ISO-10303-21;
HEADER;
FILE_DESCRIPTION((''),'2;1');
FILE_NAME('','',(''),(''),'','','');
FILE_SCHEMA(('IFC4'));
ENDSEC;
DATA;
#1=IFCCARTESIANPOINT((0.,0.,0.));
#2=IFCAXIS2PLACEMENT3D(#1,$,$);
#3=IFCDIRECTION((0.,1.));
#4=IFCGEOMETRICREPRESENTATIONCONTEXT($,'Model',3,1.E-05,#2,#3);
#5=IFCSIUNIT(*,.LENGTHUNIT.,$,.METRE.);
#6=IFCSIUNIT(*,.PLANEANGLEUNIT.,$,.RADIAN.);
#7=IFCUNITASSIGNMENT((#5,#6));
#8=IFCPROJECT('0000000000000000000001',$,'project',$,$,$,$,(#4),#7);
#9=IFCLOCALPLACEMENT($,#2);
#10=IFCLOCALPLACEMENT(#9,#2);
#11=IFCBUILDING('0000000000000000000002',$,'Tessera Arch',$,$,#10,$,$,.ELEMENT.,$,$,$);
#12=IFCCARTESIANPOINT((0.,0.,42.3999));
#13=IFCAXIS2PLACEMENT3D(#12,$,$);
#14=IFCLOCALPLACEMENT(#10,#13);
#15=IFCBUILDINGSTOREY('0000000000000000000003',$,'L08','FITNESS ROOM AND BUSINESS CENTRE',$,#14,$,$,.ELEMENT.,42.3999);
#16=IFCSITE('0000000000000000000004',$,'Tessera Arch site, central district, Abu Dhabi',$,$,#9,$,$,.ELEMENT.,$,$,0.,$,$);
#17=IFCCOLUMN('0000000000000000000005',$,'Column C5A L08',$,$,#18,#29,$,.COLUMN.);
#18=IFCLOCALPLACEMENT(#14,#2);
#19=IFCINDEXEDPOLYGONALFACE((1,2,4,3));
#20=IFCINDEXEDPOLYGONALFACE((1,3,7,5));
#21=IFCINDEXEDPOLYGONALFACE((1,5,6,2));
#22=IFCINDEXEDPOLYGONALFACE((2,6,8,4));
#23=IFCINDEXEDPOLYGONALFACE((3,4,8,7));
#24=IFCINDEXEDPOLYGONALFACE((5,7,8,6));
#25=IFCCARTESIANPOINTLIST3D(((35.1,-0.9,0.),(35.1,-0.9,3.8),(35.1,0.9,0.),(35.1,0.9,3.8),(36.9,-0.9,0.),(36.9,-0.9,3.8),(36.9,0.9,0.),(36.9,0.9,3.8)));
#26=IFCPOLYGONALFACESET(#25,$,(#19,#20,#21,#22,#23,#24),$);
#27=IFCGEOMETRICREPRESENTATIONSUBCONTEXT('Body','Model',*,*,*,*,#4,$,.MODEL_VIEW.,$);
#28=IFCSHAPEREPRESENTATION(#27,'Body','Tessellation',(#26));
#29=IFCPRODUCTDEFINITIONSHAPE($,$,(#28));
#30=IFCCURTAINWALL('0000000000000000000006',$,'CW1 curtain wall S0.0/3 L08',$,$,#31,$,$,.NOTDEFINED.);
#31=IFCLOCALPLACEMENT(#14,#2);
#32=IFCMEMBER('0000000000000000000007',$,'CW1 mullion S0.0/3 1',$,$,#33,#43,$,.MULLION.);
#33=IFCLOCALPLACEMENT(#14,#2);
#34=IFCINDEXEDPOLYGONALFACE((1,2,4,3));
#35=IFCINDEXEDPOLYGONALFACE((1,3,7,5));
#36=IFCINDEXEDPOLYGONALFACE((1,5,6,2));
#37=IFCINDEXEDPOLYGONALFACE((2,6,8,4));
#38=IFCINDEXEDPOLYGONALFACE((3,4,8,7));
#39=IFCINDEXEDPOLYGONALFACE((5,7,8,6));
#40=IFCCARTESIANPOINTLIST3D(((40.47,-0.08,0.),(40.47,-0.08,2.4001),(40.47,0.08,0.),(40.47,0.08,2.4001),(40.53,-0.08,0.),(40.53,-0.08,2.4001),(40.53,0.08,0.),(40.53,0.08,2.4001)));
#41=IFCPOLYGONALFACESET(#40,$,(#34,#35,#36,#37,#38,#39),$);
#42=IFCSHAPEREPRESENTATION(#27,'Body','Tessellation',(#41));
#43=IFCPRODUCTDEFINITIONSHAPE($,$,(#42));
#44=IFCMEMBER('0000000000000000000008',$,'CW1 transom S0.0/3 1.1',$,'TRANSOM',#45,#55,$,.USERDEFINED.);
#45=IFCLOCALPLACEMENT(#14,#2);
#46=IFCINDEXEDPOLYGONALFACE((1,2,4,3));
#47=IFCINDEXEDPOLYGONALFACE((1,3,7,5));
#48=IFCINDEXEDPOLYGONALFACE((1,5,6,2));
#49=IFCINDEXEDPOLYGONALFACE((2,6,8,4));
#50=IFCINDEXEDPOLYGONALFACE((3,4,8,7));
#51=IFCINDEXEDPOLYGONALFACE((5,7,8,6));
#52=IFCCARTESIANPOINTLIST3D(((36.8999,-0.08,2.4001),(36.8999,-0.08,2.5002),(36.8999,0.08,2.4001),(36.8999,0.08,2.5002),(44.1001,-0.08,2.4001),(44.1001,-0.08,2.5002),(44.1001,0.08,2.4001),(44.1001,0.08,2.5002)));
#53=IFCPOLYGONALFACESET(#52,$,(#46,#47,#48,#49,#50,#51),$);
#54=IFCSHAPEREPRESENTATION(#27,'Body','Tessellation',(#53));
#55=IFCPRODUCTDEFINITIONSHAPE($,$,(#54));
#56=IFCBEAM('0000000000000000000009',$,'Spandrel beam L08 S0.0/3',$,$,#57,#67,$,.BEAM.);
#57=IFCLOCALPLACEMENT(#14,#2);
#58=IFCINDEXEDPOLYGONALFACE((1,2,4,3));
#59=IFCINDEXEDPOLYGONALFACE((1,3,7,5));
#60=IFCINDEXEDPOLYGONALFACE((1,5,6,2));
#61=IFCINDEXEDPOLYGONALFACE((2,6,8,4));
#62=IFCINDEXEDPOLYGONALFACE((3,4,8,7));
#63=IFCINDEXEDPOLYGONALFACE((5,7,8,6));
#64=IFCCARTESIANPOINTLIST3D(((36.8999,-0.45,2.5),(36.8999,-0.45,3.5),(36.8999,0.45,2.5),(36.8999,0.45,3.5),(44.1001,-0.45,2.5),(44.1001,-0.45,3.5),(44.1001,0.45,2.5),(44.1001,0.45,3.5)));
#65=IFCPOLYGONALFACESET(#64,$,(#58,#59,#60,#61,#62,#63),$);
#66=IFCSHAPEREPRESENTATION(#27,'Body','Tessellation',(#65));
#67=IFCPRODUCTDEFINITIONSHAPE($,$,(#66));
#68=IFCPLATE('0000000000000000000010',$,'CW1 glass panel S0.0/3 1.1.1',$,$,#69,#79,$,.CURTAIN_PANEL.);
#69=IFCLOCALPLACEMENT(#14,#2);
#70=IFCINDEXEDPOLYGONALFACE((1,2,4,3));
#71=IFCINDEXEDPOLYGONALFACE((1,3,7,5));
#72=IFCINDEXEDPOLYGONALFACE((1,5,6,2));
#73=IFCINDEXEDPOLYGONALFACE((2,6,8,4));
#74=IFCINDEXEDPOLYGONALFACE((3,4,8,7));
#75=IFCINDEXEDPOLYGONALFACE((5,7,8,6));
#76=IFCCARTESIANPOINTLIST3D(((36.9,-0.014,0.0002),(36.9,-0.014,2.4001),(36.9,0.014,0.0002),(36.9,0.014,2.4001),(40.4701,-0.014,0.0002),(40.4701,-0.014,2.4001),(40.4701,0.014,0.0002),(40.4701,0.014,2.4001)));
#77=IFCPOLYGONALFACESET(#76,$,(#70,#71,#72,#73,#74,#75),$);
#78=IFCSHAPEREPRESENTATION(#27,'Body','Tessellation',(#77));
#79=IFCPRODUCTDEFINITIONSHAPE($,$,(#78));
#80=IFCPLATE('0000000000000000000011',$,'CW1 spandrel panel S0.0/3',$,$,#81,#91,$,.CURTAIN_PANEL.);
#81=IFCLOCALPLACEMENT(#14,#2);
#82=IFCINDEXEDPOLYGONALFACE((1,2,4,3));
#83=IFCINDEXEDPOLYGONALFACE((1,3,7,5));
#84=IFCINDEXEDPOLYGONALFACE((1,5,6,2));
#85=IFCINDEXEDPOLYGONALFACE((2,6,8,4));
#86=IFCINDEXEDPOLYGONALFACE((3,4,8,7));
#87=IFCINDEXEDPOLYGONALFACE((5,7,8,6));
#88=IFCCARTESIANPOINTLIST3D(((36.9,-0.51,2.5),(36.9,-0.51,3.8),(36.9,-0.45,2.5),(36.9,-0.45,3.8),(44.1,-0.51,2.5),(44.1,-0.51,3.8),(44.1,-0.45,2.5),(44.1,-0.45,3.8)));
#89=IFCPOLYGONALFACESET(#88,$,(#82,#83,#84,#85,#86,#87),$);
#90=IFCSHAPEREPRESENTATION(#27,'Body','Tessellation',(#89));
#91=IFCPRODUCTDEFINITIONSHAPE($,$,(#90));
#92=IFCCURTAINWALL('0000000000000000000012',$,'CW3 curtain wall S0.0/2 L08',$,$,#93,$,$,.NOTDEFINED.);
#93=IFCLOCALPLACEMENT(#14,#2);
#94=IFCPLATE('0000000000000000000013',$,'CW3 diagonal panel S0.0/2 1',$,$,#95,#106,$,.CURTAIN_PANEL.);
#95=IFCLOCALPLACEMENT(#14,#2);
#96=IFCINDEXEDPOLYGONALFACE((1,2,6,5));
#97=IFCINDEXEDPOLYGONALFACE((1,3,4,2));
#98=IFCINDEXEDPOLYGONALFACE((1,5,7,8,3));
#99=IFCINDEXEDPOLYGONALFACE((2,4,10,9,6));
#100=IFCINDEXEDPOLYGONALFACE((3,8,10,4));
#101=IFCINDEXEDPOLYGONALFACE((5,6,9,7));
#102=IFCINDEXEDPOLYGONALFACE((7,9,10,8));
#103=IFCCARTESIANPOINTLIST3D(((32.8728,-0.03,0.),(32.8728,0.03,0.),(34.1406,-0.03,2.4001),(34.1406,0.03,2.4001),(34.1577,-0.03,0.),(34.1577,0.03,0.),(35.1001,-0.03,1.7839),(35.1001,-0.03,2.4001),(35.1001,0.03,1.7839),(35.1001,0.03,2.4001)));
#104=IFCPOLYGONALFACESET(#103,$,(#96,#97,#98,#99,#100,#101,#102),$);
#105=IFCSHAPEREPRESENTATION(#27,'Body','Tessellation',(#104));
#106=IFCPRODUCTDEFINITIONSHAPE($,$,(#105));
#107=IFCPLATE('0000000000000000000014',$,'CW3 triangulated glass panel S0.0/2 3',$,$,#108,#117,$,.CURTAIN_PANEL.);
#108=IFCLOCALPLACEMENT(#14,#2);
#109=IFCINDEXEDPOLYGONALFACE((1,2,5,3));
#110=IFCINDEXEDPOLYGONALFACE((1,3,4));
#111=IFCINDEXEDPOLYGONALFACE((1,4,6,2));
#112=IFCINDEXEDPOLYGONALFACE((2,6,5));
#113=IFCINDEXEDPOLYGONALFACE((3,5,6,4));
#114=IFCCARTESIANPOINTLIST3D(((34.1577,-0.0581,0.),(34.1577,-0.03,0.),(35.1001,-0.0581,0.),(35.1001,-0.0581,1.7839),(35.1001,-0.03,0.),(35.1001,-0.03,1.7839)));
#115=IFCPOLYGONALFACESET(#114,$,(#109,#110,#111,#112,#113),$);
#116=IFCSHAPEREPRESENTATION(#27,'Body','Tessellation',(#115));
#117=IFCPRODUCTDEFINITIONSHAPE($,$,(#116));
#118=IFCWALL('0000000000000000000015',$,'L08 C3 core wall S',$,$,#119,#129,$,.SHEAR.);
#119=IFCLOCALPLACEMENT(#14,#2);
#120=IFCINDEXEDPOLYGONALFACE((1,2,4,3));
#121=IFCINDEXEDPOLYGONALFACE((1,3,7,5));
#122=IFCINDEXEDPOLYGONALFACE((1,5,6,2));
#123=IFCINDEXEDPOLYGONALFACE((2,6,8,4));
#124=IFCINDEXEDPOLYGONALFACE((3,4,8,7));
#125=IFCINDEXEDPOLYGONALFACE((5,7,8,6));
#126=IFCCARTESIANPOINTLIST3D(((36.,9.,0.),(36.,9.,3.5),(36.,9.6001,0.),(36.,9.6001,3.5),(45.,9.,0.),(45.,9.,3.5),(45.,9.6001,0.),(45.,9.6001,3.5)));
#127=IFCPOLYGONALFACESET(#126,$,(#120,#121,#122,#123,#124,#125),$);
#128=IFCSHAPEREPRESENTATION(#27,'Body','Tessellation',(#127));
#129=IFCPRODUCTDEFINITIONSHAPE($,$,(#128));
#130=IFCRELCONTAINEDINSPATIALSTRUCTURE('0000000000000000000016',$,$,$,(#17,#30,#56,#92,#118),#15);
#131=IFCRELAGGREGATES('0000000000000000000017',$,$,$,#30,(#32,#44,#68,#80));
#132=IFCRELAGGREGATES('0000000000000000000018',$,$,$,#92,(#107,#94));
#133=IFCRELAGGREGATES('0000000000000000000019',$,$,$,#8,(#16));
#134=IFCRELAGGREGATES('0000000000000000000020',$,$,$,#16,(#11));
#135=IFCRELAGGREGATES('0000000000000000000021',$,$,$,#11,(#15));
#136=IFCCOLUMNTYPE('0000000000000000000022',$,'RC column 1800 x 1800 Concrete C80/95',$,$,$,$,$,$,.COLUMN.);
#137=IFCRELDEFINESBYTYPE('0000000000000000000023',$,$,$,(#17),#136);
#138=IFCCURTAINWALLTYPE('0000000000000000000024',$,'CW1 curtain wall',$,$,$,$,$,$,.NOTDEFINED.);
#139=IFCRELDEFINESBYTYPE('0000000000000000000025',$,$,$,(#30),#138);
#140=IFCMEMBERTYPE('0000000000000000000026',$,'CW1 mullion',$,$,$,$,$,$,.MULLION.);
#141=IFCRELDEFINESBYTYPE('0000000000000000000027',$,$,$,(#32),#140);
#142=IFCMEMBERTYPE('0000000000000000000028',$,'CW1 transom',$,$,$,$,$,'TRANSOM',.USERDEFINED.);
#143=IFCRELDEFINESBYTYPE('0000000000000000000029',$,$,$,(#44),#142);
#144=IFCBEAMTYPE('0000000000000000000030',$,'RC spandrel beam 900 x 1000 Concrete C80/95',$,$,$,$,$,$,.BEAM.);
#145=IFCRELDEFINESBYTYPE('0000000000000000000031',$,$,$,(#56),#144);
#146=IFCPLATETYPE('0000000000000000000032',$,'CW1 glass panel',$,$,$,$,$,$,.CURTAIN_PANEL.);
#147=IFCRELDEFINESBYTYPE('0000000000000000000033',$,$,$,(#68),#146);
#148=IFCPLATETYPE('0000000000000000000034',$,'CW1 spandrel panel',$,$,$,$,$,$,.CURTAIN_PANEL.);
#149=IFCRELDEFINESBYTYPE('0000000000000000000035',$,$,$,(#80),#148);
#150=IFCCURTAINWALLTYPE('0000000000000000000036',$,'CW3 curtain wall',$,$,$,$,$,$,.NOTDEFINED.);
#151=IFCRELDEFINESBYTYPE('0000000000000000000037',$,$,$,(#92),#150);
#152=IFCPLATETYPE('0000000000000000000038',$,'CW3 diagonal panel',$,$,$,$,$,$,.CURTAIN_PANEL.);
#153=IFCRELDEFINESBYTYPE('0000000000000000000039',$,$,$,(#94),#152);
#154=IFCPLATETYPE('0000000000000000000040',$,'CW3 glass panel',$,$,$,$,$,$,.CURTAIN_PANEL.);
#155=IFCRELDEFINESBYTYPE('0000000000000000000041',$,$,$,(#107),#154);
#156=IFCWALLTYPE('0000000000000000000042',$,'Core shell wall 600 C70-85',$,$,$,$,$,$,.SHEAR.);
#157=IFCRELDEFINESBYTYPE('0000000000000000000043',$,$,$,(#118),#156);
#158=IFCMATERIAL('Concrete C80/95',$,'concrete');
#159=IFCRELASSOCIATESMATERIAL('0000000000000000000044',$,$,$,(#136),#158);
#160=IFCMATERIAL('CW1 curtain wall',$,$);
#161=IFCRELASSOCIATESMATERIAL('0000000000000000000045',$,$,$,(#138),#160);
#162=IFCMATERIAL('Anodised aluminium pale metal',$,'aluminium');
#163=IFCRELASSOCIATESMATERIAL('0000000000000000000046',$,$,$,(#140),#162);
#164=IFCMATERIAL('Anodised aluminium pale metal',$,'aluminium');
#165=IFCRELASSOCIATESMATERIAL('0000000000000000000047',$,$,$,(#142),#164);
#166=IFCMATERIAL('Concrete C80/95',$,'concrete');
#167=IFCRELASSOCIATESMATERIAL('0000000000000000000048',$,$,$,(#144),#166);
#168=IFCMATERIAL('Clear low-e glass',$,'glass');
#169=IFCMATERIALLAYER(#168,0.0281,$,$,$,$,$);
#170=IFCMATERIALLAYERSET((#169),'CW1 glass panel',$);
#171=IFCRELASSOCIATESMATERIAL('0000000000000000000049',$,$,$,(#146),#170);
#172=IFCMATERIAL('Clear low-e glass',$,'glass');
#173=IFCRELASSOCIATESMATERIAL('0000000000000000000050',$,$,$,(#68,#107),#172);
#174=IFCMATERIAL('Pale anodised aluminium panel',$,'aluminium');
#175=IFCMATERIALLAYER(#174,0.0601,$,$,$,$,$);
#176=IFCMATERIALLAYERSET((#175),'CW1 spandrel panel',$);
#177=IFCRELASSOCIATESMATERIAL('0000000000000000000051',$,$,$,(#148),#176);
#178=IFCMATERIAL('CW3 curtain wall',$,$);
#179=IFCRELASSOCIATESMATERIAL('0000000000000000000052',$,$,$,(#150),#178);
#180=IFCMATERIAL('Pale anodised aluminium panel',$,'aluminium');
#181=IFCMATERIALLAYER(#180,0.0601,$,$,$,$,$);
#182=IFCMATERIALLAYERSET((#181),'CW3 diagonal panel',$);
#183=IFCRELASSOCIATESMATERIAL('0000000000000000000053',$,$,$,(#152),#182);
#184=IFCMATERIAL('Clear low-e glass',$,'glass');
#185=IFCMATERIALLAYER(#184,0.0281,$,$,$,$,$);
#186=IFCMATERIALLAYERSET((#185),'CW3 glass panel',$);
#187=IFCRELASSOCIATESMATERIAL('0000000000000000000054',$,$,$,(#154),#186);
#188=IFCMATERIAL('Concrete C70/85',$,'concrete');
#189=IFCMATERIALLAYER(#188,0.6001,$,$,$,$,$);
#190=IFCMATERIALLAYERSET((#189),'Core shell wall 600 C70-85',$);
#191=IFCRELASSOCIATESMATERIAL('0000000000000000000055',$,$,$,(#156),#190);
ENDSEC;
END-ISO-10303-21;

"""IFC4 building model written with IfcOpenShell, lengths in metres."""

from ifc_helpers import new_model, si_unit, direction, frame, frame_2d, origin, origin_2d, place, context, subcontext, project, spatial, polyline, rectangle, outline, extrude, material, layer, layer_set, material_profile, profile_set, type_object, element, aggregate, save


model = new_model("IFC4")

# Units and contexts
model_context = context("Model", 3, precision=1e-05, world=origin(), true_north=direction((0.0, 1.0)))
body_context = subcontext(model_context, "Body", "Model", "MODEL_VIEW")
ifc_project = project(units=[si_unit("LENGTHUNIT", "METRE"), si_unit("PLANEANGLEUNIT", "RADIAN")], contexts=[model_context])

# Site, building, storey
site_placement = place(None, origin())
site = spatial("IfcSite", under=ifc_project, at=site_placement, Name="Tessera Arch site, central district, Abu Dhabi", CompositionType="ELEMENT", RefElevation=0.0)
building_placement = place(site_placement, origin())
building = spatial("IfcBuilding", under=site, at=building_placement, Name="Tessera Arch", CompositionType="ELEMENT")
storey_placement = place(building_placement, frame((0.0, 0.0, 42.3999)))
storey = spatial("IfcBuildingStorey", under=building, at=storey_placement, Name="L08", Description="FITNESS ROOM AND BUSINESS CENTRE", CompositionType="ELEMENT", Elevation=42.3999)

# Column
ifc_material_1 = material(Name="Concrete C80/95", Category="concrete")
ifc_material_profile_1 = material_profile(ifc_material_1, rectangle(XDim=1.8, YDim=1.8, at=origin_2d()), Name="RC column 1800 x 1800 Concrete C80/95")
ifc_profile_set_1 = profile_set([ifc_material_profile_1], Name="Concrete C80/95")
column_type = type_object("IfcColumnType", Name="RC column 1800 x 1800 Concrete C80/95", PredefinedType="COLUMN", material=ifc_profile_set_1)
column_placement = place(storey_placement, frame((36.0, 0.0, 0.0), z_axis=(0.0, 0.0, 1.0), x_axis=(1.0, 0.0, 0.0)))
element("IfcColumn", 1, at=column_placement, inside=storey, type_object=column_type, Name="Column C5A L08", PredefinedType="COLUMN", context=body_context, shape_type="SweptSolid", body=[
    extrude(rectangle(XDim=1.8, YDim=1.8, at=origin_2d()), origin(), (0.0, 0.0, 1.0), 3.8),
])

# Curtain wall, members
ifc_material_2 = material(Name="CW1 curtain wall")
curtain_wall_type_1 = type_object("IfcCurtainWallType", Name="CW1 curtain wall", PredefinedType="NOTDEFINED", material=ifc_material_2)
curtain_wall_1_placement = place(storey_placement, origin())
curtain_wall_1 = element("IfcCurtainWall", 2, at=curtain_wall_1_placement, inside=storey, type_object=curtain_wall_type_1, Name="CW1 curtain wall S0.0/3 L08", PredefinedType="NOTDEFINED")
ifc_material_3 = material(Name="Anodised aluminium pale metal", Category="aluminium")
ifc_material_profile_2 = material_profile(ifc_material_3, rectangle(XDim=0.1599, YDim=0.0601, at=origin_2d()), Name="AL 60x160")
ifc_profile_set_2 = profile_set([ifc_material_profile_2], Name="Anodised aluminium pale metal")
member_type_1 = type_object("IfcMemberType", Name="CW1 mullion", PredefinedType="MULLION", material=ifc_profile_set_2)
member_1_placement = place(storey_placement, frame((40.5, 0.0, 0.0), z_axis=(0.0, 0.0, 1.0), x_axis=(0.0, 1.0, 0.0)))
member_1 = element("IfcMember", 3, at=member_1_placement, type_object=member_type_1, Name="CW1 mullion S0.0/3 1", PredefinedType="MULLION", context=body_context, shape_type="SweptSolid", body=[
    extrude(rectangle(XDim=0.1599, YDim=0.0601, at=origin_2d()), origin(), (0.0, 0.0, 1.0), 2.4001),
])
ifc_material_4 = material(Name="Anodised aluminium pale metal", Category="aluminium")
ifc_material_profile_3 = material_profile(ifc_material_4, rectangle(XDim=0.1599, YDim=0.1001, at=origin_2d()), Name="AL 160x100")
ifc_profile_set_3 = profile_set([ifc_material_profile_3], Name="Anodised aluminium pale metal")
member_type_2 = type_object("IfcMemberType", Name="CW1 transom", ElementType="TRANSOM", PredefinedType="USERDEFINED", material=ifc_profile_set_3)
member_2_placement = place(storey_placement, frame((36.8999, 0.0, 2.4502), z_axis=(1.0, 0.0, 0.0), x_axis=(0.0, 1.0, 0.0)))
member_2 = element("IfcMember", 4, at=member_2_placement, type_object=member_type_2, Name="CW1 transom S0.0/3 1.1", ObjectType="TRANSOM", PredefinedType="USERDEFINED", context=body_context, shape_type="SweptSolid", body=[
    extrude(rectangle(XDim=0.1599, YDim=0.1001, at=origin_2d()), origin(), (0.0, 0.0, 1.0), 7.2002),
])

# Beam
ifc_material_5 = material(Name="Concrete C80/95", Category="concrete")
ifc_material_profile_4 = material_profile(ifc_material_5, rectangle(XDim=0.8999, YDim=1.0, at=origin_2d()), Name="RC spandrel beam 900 x 1000 Concrete C80/95")
ifc_profile_set_4 = profile_set([ifc_material_profile_4], Name="Concrete C80/95")
beam_type = type_object("IfcBeamType", Name="RC spandrel beam 900 x 1000 Concrete C80/95", PredefinedType="BEAM", material=ifc_profile_set_4)
beam_placement = place(storey_placement, frame((36.8999, 0.0, 3.0), z_axis=(1.0, 0.0, 0.0), x_axis=(0.0, 1.0, 0.0)))
element("IfcBeam", 5, at=beam_placement, inside=storey, type_object=beam_type, Name="Spandrel beam L08 S0.0/3", PredefinedType="BEAM", context=body_context, shape_type="SweptSolid", body=[
    extrude(rectangle(XDim=0.8999, YDim=1.0, at=origin_2d()), origin(), (0.0, 0.0, 1.0), 7.2002),
])

# Plates
ifc_material_6 = material(Name="Clear low-e glass", Category="glass")
ifc_material_7 = material(Name="Clear low-e glass", Category="glass")
ifc_layer_1 = layer(ifc_material_7, 0.0281)
ifc_layer_set_1 = layer_set([ifc_layer_1], Name="CW1 glass panel")
plate_type_1 = type_object("IfcPlateType", Name="CW1 glass panel", PredefinedType="CURTAIN_PANEL", material=ifc_layer_set_1)
plate_1_placement = place(storey_placement, frame((38.6851, 0.0, 0.0002), z_axis=(0.0, 0.0, 1.0), x_axis=(1.0, 0.0, 0.0)))
plate_1 = element("IfcPlate", 6, at=plate_1_placement, type_object=plate_type_1, material=ifc_material_6, Name="CW1 glass panel S0.0/3 1.1.1", PredefinedType="CURTAIN_PANEL", context=body_context, shape_type="SweptSolid", body=[
    extrude(rectangle(XDim=3.5701, YDim=0.0281, at=origin_2d()), origin(), (0.0, 0.0, 1.0), 2.3999),
])
ifc_material_8 = material(Name="Pale anodised aluminium panel", Category="aluminium")
ifc_layer_2 = layer(ifc_material_8, 0.0601)
ifc_layer_set_2 = layer_set([ifc_layer_2], Name="CW1 spandrel panel")
plate_type_2 = type_object("IfcPlateType", Name="CW1 spandrel panel", PredefinedType="CURTAIN_PANEL", material=ifc_layer_set_2)
plate_2_placement = place(storey_placement, frame((40.5, -0.48, 2.5), z_axis=(0.0, 0.0, 1.0), x_axis=(1.0, 0.0, 0.0)))
plate_2 = element("IfcPlate", 7, at=plate_2_placement, type_object=plate_type_2, Name="CW1 spandrel panel S0.0/3", PredefinedType="CURTAIN_PANEL", context=body_context, shape_type="SweptSolid", body=[
    extrude(rectangle(XDim=7.2, YDim=0.0601, at=origin_2d()), origin(), (0.0, 0.0, 1.0), 1.3),
])
aggregate(curtain_wall_1, [member_1, member_2, plate_1, plate_2])

# Curtain wall, plates
ifc_material_9 = material(Name="CW3 curtain wall")
curtain_wall_type_2 = type_object("IfcCurtainWallType", Name="CW3 curtain wall", PredefinedType="NOTDEFINED", material=ifc_material_9)
curtain_wall_2_placement = place(storey_placement, origin())
curtain_wall_2 = element("IfcCurtainWall", 8, at=curtain_wall_2_placement, inside=storey, type_object=curtain_wall_type_2, Name="CW3 curtain wall S0.0/2 L08", PredefinedType="NOTDEFINED")
ifc_material_10 = material(Name="Pale anodised aluminium panel", Category="aluminium")
ifc_layer_3 = layer(ifc_material_10, 0.0601)
ifc_layer_set_3 = layer_set([ifc_layer_3], Name="CW3 diagonal panel")
plate_type_3 = type_object("IfcPlateType", Name="CW3 diagonal panel", PredefinedType="CURTAIN_PANEL", material=ifc_layer_set_3)
plate_3_placement = place(storey_placement, frame((35.1001, -0.03, 2.4001), z_axis=(0.0, -1.0, 0.0), x_axis=(-1.0, 0.0, 0.0)))
plate_3 = element("IfcPlate", 9, at=plate_3_placement, type_object=plate_type_3, Name="CW3 diagonal panel S0.0/2 1", PredefinedType="CURTAIN_PANEL", context=body_context, shape_type="SweptSolid", body=[
    extrude(outline(polyline([(0.0, 0.0), (0.9595, 0.0), (2.2273, 2.4001), (0.9424, 2.4001), (0.0, 0.6162), (0.0, 0.0)])), origin(), (0.0, 0.0, -1.0), 0.0601),
])
ifc_material_11 = material(Name="Clear low-e glass", Category="glass")
ifc_layer_4 = layer(ifc_material_11, 0.0281)
ifc_layer_set_4 = layer_set([ifc_layer_4], Name="CW3 glass panel")
plate_type_4 = type_object("IfcPlateType", Name="CW3 glass panel", PredefinedType="CURTAIN_PANEL", material=ifc_layer_set_4)
plate_4_placement = place(storey_placement, frame((35.1001, -0.0581, 0.0), z_axis=(0.0, -1.0, 0.0), x_axis=(0.0, 0.0, 1.0)))
plate_4 = element("IfcPlate", 10, at=plate_4_placement, type_object=plate_type_4, material=ifc_material_6, Name="CW3 triangulated glass panel S0.0/2 3", PredefinedType="CURTAIN_PANEL", context=body_context, shape_type="SweptSolid", body=[
    extrude(outline(polyline([(0.0, 0.0), (1.7839, 0.0), (0.0, 0.9424), (0.0, 0.0)])), origin(), (0.0, 0.0, -1.0), 0.0281),
])
aggregate(curtain_wall_2, [plate_4, plate_3])

# Wall
ifc_material_12 = material(Name="Concrete C70/85", Category="concrete")
ifc_layer_5 = layer(ifc_material_12, 0.6001)
ifc_layer_set_5 = layer_set([ifc_layer_5], Name="Core shell wall 600 C70-85")
wall_type_1 = type_object("IfcWallType", Name="Core shell wall 600 C70-85", PredefinedType="SHEAR", material=ifc_layer_set_5)
wall_1_placement = place(storey_placement, frame((36.0, 9.3, 0.0), z_axis=(0.0, 0.0, 1.0), x_axis=(1.0, 0.0, 0.0)))
element("IfcWall", 11, at=wall_1_placement, inside=storey, type_object=wall_type_1, Name="L08 C3 core wall S", PredefinedType="SHEAR", context=body_context, shape_type="SweptSolid", body=[
    extrude(rectangle(XDim=9.0, YDim=0.6001, at=frame_2d((4.5, 0.0))), origin(), (0.0, 0.0, 1.0), 3.5),
])

save(model, "model.ifc")
